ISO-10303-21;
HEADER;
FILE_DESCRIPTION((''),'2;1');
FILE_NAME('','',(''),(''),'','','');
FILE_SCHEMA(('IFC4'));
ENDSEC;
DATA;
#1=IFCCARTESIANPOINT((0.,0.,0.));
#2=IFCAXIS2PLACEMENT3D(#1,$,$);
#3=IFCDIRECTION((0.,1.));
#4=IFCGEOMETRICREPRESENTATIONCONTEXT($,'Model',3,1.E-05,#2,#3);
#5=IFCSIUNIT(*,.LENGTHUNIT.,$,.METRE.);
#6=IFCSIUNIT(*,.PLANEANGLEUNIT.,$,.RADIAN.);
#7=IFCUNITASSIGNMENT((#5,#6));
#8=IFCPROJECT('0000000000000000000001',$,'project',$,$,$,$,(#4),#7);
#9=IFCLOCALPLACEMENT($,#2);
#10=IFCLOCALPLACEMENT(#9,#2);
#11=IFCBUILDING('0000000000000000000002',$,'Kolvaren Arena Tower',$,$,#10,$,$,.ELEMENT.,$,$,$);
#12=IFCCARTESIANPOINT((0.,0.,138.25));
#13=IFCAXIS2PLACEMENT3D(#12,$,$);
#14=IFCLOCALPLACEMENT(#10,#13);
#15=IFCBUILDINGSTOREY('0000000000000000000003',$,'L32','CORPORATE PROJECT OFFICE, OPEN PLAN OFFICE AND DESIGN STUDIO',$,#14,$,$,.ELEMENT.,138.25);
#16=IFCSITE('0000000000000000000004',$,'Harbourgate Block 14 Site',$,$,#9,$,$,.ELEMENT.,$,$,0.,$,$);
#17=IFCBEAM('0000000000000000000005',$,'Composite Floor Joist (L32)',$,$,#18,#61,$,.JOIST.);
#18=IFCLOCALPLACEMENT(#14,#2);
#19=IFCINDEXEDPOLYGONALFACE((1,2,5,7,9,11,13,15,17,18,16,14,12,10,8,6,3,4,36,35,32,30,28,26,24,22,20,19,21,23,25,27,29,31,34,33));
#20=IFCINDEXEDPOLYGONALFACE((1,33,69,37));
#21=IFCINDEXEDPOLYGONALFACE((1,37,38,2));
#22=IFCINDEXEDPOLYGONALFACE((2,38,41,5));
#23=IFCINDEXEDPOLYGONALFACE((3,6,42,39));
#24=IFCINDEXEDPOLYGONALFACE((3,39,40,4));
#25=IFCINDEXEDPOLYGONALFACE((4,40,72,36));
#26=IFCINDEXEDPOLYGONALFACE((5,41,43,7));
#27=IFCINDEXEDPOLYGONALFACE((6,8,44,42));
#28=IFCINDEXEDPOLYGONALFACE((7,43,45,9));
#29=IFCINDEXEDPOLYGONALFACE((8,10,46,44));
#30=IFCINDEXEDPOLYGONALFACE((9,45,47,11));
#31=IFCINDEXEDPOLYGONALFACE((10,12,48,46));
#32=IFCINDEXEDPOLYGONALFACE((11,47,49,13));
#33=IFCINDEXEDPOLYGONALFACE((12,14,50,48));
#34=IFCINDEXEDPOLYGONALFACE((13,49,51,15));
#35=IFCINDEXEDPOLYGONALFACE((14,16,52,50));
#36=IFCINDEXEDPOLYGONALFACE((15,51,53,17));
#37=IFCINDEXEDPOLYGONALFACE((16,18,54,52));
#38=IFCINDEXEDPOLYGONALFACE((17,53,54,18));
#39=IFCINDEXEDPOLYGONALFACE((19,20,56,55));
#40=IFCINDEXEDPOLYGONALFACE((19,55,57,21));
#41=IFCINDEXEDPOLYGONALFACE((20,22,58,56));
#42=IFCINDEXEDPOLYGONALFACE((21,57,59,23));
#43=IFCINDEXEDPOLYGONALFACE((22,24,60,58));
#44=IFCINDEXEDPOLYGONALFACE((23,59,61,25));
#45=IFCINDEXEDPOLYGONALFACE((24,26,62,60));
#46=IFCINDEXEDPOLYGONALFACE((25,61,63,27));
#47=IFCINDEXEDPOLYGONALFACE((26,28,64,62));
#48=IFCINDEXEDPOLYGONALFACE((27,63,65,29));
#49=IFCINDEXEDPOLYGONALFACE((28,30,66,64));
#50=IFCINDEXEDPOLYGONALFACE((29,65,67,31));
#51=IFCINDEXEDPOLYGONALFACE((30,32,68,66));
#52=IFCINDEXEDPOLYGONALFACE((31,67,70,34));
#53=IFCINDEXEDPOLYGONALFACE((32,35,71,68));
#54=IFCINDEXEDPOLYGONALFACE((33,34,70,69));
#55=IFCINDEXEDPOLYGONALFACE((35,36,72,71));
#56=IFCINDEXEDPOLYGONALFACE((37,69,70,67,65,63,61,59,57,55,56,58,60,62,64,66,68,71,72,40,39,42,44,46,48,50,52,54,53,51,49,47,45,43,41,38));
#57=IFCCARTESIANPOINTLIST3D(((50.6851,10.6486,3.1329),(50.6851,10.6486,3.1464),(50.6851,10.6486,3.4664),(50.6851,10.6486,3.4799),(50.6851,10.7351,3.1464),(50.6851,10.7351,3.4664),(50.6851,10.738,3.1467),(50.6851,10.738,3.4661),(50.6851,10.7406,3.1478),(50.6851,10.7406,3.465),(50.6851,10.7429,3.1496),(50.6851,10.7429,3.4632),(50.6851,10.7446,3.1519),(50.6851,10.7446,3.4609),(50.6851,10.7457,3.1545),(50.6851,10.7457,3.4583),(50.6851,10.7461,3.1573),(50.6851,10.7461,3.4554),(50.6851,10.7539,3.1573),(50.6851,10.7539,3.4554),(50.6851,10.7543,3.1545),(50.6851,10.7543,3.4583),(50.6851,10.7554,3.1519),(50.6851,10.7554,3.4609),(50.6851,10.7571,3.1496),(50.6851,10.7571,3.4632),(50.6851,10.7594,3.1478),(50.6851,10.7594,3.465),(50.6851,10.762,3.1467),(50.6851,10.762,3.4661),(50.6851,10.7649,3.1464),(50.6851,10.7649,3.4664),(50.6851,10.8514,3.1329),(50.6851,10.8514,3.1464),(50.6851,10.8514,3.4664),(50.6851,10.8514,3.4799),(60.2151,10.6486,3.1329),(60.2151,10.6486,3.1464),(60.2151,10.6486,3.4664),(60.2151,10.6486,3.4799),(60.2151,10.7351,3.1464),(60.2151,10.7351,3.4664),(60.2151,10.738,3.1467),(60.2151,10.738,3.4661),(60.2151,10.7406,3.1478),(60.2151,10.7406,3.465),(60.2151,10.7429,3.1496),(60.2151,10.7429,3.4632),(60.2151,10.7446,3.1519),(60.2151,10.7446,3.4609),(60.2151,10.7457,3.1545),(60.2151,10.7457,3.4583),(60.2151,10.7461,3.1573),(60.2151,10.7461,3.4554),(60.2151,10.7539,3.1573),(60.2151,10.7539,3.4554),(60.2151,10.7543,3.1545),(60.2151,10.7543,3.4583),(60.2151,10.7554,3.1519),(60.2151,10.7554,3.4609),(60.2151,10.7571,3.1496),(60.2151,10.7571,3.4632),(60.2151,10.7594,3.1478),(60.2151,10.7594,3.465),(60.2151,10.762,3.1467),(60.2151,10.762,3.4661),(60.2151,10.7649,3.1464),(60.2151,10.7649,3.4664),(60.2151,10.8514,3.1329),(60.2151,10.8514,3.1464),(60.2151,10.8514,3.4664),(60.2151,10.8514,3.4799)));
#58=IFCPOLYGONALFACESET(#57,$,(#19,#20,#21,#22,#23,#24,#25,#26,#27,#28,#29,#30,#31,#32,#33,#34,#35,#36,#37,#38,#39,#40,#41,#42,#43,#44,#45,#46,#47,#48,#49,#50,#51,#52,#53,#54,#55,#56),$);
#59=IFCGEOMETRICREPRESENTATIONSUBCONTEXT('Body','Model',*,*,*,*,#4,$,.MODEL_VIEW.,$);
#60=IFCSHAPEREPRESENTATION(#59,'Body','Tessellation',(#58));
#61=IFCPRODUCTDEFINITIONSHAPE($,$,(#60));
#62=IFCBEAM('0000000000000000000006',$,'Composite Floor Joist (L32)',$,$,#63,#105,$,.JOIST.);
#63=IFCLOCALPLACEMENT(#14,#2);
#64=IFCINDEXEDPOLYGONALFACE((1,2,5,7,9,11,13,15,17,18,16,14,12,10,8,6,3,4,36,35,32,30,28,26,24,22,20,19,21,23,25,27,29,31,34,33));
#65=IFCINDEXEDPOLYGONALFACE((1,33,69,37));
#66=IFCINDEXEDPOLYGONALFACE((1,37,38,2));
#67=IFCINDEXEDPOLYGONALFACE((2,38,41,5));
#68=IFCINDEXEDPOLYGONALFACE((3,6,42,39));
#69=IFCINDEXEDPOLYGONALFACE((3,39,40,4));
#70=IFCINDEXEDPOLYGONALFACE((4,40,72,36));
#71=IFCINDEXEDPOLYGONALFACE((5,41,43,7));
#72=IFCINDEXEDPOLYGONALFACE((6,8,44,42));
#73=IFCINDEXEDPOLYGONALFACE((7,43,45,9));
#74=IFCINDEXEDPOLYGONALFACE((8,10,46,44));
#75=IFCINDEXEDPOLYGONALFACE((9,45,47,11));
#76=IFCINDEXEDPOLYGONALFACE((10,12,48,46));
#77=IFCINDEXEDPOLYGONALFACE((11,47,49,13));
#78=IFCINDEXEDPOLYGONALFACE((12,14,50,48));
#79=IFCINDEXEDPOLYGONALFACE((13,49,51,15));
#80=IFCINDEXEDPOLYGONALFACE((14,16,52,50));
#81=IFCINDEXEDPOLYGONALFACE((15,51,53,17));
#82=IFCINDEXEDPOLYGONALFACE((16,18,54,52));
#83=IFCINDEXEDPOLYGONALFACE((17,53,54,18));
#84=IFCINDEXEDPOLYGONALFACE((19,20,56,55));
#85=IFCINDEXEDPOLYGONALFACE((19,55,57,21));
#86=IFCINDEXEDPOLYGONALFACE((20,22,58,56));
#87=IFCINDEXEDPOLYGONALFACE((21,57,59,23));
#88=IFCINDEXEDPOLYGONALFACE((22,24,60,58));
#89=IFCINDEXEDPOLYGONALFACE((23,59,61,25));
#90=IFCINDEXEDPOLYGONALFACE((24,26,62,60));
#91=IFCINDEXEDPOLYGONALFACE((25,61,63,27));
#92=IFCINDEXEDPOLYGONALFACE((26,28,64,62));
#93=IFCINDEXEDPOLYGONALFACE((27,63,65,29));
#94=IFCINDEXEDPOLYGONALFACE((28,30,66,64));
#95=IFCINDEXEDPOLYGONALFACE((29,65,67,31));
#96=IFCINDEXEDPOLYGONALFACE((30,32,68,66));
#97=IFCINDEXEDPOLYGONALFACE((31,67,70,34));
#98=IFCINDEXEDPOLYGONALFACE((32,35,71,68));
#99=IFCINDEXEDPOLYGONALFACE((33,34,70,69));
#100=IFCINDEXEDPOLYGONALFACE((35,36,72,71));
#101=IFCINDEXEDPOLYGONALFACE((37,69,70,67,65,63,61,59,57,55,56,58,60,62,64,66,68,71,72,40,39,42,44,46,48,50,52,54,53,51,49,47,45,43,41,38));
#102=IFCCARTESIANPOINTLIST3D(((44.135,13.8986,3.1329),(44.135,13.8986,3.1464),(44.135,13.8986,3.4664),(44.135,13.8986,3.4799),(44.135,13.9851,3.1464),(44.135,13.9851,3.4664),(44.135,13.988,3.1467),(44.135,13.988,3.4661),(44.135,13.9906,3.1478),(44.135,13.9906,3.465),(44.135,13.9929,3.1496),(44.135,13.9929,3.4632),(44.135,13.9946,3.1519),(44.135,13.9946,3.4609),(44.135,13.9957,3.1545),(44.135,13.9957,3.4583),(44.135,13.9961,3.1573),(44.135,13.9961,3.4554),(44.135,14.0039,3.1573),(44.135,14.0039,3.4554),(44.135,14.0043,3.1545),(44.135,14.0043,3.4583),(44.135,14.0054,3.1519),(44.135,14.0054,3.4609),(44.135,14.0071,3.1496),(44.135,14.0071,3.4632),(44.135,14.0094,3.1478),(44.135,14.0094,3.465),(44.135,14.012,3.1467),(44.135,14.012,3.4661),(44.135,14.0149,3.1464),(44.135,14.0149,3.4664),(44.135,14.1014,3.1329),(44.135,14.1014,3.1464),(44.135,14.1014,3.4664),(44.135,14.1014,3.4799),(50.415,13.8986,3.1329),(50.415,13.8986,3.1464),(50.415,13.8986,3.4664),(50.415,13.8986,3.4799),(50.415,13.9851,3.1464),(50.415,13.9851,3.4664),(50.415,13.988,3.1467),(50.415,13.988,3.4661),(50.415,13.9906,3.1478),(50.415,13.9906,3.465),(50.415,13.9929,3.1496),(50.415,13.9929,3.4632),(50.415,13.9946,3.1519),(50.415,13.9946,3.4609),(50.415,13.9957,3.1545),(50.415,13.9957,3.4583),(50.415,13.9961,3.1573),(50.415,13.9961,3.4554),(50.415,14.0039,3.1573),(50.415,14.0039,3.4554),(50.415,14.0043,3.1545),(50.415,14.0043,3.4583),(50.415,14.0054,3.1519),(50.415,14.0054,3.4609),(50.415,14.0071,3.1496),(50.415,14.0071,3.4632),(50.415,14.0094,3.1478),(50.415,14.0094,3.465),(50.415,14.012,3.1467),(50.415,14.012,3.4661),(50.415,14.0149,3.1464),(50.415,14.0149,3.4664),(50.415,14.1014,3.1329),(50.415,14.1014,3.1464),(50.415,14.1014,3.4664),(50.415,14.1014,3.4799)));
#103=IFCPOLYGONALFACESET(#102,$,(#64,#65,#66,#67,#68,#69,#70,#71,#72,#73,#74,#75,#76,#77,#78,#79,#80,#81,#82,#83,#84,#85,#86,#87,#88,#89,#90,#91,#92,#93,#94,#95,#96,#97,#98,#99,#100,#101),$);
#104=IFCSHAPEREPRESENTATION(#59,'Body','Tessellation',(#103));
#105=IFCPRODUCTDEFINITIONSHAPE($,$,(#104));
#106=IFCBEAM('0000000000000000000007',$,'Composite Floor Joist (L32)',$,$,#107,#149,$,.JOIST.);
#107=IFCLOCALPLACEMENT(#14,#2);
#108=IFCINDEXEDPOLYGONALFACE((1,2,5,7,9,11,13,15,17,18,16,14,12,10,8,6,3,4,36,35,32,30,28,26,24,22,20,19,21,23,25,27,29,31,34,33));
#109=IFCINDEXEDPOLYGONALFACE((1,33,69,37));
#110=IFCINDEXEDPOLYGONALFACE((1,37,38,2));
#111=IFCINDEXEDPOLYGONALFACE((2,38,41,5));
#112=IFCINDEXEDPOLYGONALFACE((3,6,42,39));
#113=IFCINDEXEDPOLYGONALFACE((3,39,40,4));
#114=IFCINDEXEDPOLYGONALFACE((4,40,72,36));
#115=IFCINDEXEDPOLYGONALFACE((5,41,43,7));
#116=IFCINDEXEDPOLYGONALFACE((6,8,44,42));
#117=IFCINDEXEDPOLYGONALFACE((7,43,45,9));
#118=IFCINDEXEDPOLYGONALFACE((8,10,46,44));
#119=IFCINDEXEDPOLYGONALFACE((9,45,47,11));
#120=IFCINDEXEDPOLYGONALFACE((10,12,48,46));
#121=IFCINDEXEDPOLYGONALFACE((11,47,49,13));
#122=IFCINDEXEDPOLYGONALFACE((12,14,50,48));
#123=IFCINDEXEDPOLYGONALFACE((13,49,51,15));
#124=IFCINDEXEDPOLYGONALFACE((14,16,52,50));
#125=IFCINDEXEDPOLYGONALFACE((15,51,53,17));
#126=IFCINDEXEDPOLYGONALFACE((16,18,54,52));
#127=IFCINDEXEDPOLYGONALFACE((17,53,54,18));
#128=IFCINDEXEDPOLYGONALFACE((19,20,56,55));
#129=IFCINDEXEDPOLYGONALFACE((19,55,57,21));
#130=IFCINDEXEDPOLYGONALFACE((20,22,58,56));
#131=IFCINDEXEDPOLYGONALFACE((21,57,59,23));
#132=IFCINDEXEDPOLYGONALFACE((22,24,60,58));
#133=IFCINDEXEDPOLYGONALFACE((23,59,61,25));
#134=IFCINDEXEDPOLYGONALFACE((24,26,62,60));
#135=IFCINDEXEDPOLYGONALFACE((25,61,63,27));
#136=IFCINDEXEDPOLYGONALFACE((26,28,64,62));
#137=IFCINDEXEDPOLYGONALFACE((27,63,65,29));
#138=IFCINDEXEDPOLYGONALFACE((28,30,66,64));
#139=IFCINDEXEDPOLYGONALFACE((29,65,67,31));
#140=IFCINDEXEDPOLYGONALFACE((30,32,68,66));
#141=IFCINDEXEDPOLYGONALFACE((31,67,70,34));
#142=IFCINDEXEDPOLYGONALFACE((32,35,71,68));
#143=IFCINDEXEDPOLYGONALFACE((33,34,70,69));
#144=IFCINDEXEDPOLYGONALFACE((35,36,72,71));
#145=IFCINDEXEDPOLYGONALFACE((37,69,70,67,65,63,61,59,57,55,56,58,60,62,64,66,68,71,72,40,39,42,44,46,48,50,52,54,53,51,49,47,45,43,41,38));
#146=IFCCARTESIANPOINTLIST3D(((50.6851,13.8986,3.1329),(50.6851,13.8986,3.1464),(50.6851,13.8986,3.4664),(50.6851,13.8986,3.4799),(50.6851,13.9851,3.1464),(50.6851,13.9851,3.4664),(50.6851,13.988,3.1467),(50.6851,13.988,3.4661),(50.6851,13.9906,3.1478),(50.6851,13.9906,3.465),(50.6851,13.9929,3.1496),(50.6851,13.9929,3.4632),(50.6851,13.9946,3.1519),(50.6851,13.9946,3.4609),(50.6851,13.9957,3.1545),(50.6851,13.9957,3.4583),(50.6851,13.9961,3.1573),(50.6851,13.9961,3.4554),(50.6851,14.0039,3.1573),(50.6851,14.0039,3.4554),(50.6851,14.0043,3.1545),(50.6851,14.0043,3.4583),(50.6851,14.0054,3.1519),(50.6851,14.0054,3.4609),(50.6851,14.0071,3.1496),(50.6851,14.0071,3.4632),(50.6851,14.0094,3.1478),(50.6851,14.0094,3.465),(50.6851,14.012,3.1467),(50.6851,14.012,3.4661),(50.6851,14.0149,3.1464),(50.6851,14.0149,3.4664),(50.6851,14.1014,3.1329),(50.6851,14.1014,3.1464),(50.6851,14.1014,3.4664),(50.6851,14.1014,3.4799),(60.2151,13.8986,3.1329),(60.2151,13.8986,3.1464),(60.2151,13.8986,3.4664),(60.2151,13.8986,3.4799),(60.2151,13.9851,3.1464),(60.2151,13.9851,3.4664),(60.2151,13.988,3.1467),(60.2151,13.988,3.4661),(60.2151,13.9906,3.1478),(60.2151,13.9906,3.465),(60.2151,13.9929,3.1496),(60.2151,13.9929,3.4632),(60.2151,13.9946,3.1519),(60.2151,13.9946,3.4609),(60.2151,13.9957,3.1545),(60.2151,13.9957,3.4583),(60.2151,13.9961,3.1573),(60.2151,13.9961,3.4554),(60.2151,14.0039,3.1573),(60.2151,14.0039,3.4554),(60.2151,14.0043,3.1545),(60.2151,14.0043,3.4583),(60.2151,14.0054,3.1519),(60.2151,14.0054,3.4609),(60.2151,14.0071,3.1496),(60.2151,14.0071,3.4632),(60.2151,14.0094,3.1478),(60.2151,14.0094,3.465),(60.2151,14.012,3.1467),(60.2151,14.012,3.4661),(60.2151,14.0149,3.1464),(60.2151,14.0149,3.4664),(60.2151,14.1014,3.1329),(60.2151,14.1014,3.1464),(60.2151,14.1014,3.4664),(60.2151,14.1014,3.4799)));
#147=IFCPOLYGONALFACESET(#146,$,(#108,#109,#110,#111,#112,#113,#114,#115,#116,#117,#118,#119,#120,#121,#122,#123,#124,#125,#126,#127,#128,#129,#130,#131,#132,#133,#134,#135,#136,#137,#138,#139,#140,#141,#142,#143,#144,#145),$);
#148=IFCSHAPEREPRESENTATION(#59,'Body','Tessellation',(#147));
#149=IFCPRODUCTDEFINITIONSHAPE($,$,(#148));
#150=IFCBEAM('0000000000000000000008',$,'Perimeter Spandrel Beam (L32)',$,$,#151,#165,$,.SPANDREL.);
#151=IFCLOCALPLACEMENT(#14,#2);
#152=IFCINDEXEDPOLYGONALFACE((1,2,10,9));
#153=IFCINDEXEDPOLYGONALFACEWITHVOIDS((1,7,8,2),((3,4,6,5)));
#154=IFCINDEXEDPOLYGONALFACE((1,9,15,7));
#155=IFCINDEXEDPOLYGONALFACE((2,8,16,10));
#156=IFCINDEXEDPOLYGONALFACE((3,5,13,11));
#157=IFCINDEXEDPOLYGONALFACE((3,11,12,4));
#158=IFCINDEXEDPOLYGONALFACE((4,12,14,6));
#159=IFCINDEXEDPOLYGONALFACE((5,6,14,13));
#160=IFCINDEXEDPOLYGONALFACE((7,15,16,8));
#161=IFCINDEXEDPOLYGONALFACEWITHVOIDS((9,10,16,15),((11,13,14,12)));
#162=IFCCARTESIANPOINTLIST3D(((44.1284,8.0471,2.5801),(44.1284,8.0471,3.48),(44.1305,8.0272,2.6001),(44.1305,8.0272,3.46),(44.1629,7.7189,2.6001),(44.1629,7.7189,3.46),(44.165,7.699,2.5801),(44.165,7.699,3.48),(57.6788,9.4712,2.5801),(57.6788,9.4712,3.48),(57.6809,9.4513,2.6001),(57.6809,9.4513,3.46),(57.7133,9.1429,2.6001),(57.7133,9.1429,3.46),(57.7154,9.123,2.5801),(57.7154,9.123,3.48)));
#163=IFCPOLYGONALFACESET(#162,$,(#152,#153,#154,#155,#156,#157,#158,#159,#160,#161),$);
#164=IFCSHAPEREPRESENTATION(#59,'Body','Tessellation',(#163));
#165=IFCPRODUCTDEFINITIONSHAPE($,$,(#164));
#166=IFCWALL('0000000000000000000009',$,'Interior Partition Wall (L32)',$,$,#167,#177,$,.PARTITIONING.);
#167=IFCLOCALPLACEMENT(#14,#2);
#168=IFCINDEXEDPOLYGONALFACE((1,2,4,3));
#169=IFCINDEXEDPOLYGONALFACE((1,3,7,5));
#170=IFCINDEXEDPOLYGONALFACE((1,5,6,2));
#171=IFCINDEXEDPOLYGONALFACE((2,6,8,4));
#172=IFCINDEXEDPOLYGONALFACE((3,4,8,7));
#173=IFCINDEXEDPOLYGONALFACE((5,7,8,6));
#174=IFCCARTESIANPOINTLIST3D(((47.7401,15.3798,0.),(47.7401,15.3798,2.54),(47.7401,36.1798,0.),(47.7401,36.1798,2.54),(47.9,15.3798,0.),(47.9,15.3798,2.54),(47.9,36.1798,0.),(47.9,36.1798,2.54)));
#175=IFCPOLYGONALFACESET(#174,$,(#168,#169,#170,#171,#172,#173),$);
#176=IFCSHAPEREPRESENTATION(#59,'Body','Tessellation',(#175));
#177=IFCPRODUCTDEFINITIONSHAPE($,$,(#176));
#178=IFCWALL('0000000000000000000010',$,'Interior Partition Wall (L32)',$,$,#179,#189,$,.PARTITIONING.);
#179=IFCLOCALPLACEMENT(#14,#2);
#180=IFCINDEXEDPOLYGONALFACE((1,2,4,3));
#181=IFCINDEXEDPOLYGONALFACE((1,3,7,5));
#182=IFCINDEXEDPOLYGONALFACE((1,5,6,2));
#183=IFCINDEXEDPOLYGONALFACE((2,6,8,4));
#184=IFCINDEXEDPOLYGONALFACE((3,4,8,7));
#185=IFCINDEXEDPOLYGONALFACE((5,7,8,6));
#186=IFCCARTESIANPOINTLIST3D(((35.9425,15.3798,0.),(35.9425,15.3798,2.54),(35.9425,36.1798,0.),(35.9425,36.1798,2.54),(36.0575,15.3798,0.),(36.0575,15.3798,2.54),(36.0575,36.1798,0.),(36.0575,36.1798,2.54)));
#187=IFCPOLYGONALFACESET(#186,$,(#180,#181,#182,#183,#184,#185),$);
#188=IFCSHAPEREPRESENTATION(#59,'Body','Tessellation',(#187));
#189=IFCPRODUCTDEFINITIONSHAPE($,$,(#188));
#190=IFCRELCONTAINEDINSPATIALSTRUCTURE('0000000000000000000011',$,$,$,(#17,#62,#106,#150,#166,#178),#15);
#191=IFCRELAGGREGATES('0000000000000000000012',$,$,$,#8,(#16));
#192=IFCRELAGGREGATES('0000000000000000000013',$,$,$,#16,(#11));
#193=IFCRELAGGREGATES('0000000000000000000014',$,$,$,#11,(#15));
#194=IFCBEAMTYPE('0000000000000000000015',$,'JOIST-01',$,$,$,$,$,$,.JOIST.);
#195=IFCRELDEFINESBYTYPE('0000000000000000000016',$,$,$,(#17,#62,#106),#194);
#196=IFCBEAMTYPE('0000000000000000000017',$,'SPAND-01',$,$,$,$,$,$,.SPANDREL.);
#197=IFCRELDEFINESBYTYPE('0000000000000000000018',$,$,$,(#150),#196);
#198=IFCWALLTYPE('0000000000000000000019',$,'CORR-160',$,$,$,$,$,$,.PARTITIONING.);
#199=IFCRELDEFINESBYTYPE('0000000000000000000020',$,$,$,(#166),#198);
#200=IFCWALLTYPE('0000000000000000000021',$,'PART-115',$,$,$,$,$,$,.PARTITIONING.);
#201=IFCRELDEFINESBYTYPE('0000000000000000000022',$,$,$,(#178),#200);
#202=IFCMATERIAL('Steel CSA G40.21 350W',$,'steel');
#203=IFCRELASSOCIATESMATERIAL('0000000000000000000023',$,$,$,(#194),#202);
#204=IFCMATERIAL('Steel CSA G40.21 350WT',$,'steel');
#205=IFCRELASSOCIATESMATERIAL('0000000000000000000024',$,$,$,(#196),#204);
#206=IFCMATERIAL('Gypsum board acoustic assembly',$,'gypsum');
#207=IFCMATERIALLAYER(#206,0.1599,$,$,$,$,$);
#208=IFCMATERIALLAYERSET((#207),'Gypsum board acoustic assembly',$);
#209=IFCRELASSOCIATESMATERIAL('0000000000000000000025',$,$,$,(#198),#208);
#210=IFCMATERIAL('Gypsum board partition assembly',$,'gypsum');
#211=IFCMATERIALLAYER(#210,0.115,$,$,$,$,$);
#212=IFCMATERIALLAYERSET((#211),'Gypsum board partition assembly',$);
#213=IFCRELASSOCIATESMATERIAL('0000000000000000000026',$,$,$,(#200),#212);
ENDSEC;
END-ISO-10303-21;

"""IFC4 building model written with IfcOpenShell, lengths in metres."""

from ifc_helpers import new_model, si_unit, direction, frame, frame_2d, origin, origin_2d, place, context, subcontext, project, spatial, rectangle, hollow_rectangle, i_section, extrude, material, layer, layer_set, material_profile, profile_set, type_object, element, save


model = new_model("IFC4")

# Units and contexts
model_context = context("Model", 3, precision=1e-05, world=origin(), true_north=direction((0.0, 1.0)))
body_context = subcontext(model_context, "Body", "Model", "MODEL_VIEW")
ifc_project = project(units=[si_unit("LENGTHUNIT", "METRE"), si_unit("PLANEANGLEUNIT", "RADIAN")], contexts=[model_context])

# Site, building, storey
site_placement = place(None, origin())
site = spatial("IfcSite", under=ifc_project, at=site_placement, Name="Harbourgate Block 14 Site", CompositionType="ELEMENT", RefElevation=0.0)
building_placement = place(site_placement, origin())
building = spatial("IfcBuilding", under=site, at=building_placement, Name="Kolvaren Arena Tower", CompositionType="ELEMENT")
storey_placement = place(building_placement, frame((0.0, 0.0, 138.25)))
storey = spatial("IfcBuildingStorey", under=building, at=storey_placement, Name="L32", Description="CORPORATE PROJECT OFFICE, OPEN PLAN OFFICE AND DESIGN STUDIO", CompositionType="ELEMENT", Elevation=138.25)

# Beams
ifc_material_1 = material(Name="Steel CSA G40.21 350W", Category="steel")
ifc_material_profile_1 = material_profile(ifc_material_1, i_section(OverallWidth=0.2029, OverallDepth=0.3469, WebThickness=0.0078, FlangeThickness=0.0134, FilletRadius=0.011, at=origin_2d()), Name="W360x64")
ifc_profile_set_1 = profile_set([ifc_material_profile_1], Name="Steel CSA G40.21 350W")
beam_type_1 = type_object("IfcBeamType", Name="JOIST-01", PredefinedType="JOIST", material=ifc_profile_set_1)
beam_1_placement = place(storey_placement, frame((50.6851, 10.75, 3.3064), z_axis=(1.0, 0.0, 0.0), x_axis=(0.0, 1.0, 0.0)))
element("IfcBeam", 1, at=beam_1_placement, inside=storey, type_object=beam_type_1, Name="Composite Floor Joist (L32)", PredefinedType="JOIST", context=body_context, shape_type="SweptSolid", body=[
    extrude(i_section(OverallWidth=0.2029, OverallDepth=0.3469, WebThickness=0.0078, FlangeThickness=0.0134, FilletRadius=0.011, at=origin_2d()), origin(), (0.0, 0.0, 1.0), 9.53),
])
beam_2_placement = place(storey_placement, frame((44.135, 14.0, 3.3064), z_axis=(1.0, 0.0, 0.0), x_axis=(0.0, 1.0, 0.0)))
element("IfcBeam", 2, at=beam_2_placement, inside=storey, type_object=beam_type_1, Name="Composite Floor Joist (L32)", PredefinedType="JOIST", context=body_context, shape_type="SweptSolid", body=[
    extrude(i_section(OverallWidth=0.2029, OverallDepth=0.3469, WebThickness=0.0078, FlangeThickness=0.0134, FilletRadius=0.011, at=origin_2d()), origin(), (0.0, 0.0, 1.0), 6.28),
])
beam_3_placement = place(storey_placement, frame((50.6851, 14.0, 3.3064), z_axis=(1.0, 0.0, 0.0), x_axis=(0.0, 1.0, 0.0)))
element("IfcBeam", 3, at=beam_3_placement, inside=storey, type_object=beam_type_1, Name="Composite Floor Joist (L32)", PredefinedType="JOIST", context=body_context, shape_type="SweptSolid", body=[
    extrude(i_section(OverallWidth=0.2029, OverallDepth=0.3469, WebThickness=0.0078, FlangeThickness=0.0134, FilletRadius=0.011, at=origin_2d()), origin(), (0.0, 0.0, 1.0), 9.53),
])
ifc_material_2 = material(Name="Steel CSA G40.21 350WT", Category="steel")
ifc_material_profile_2 = material_profile(ifc_material_2, hollow_rectangle(XDim=0.3501, YDim=0.8999, WallThickness=0.02, at=origin_2d()), Name="HSS 900x350x20")
ifc_profile_set_2 = profile_set([ifc_material_profile_2], Name="Steel CSA G40.21 350WT")
beam_type_2 = type_object("IfcBeamType", Name="SPAND-01", PredefinedType="SPANDREL", material=ifc_profile_set_2)
beam_4_placement = place(storey_placement, frame((44.1467, 7.873, 3.03), z_axis=(0.994523, 0.10452, 0.0), x_axis=(-0.10452, 0.994523, 0.0)))
element("IfcBeam", 4, at=beam_4_placement, inside=storey, type_object=beam_type_2, Name="Perimeter Spandrel Beam (L32)", PredefinedType="SPANDREL", context=body_context, shape_type="SweptSolid", body=[
    extrude(hollow_rectangle(XDim=0.3501, YDim=0.8999, WallThickness=0.02, at=origin_2d()), origin(), (0.0, 0.0, 1.0), 13.625),
])

# Walls
ifc_material_3 = material(Name="Gypsum board acoustic assembly", Category="gypsum")
ifc_layer_1 = layer(ifc_material_3, 0.1599)
ifc_layer_set_1 = layer_set([ifc_layer_1], Name="Gypsum board acoustic assembly")
wall_type_1 = type_object("IfcWallType", Name="CORR-160", PredefinedType="PARTITIONING", material=ifc_layer_set_1)
wall_1_placement = place(storey_placement, frame((47.8201, 15.3799, 0.0), z_axis=(0.0, 0.0, 1.0), x_axis=(0.0, 1.0, 0.0)))
element("IfcWall", 5, at=wall_1_placement, inside=storey, type_object=wall_type_1, Name="Interior Partition Wall (L32)", PredefinedType="PARTITIONING", context=body_context, shape_type="SweptSolid", body=[
    extrude(rectangle(XDim=20.8, YDim=0.1599, at=frame_2d((10.3999, 0.0))), origin(), (0.0, 0.0, 1.0), 2.54),
])
ifc_material_4 = material(Name="Gypsum board partition assembly", Category="gypsum")
ifc_layer_2 = layer(ifc_material_4, 0.115)
ifc_layer_set_2 = layer_set([ifc_layer_2], Name="Gypsum board partition assembly")
wall_type_2 = type_object("IfcWallType", Name="PART-115", PredefinedType="PARTITIONING", material=ifc_layer_set_2)
for number, where, z_axis, x_axis, name in (
    (6, (36.0, 15.3799, 0.0), (0.0, 0.0, 1.0), (0.0, 1.0, 0.0), "Interior Partition Wall (L32)"),
):
    element("IfcWall", number, at=place(storey_placement, frame(where, z_axis=z_axis, x_axis=x_axis)), inside=storey, type_object=wall_type_2, Name=name, PredefinedType="PARTITIONING", context=body_context, shape_type="SweptSolid", body=[
        extrude(rectangle(XDim=20.8, YDim=0.115, at=frame_2d((10.3999, 0.0))), origin(), (0.0, 0.0, 1.0), 2.54),
    ])

save(model, "model.ifc")
